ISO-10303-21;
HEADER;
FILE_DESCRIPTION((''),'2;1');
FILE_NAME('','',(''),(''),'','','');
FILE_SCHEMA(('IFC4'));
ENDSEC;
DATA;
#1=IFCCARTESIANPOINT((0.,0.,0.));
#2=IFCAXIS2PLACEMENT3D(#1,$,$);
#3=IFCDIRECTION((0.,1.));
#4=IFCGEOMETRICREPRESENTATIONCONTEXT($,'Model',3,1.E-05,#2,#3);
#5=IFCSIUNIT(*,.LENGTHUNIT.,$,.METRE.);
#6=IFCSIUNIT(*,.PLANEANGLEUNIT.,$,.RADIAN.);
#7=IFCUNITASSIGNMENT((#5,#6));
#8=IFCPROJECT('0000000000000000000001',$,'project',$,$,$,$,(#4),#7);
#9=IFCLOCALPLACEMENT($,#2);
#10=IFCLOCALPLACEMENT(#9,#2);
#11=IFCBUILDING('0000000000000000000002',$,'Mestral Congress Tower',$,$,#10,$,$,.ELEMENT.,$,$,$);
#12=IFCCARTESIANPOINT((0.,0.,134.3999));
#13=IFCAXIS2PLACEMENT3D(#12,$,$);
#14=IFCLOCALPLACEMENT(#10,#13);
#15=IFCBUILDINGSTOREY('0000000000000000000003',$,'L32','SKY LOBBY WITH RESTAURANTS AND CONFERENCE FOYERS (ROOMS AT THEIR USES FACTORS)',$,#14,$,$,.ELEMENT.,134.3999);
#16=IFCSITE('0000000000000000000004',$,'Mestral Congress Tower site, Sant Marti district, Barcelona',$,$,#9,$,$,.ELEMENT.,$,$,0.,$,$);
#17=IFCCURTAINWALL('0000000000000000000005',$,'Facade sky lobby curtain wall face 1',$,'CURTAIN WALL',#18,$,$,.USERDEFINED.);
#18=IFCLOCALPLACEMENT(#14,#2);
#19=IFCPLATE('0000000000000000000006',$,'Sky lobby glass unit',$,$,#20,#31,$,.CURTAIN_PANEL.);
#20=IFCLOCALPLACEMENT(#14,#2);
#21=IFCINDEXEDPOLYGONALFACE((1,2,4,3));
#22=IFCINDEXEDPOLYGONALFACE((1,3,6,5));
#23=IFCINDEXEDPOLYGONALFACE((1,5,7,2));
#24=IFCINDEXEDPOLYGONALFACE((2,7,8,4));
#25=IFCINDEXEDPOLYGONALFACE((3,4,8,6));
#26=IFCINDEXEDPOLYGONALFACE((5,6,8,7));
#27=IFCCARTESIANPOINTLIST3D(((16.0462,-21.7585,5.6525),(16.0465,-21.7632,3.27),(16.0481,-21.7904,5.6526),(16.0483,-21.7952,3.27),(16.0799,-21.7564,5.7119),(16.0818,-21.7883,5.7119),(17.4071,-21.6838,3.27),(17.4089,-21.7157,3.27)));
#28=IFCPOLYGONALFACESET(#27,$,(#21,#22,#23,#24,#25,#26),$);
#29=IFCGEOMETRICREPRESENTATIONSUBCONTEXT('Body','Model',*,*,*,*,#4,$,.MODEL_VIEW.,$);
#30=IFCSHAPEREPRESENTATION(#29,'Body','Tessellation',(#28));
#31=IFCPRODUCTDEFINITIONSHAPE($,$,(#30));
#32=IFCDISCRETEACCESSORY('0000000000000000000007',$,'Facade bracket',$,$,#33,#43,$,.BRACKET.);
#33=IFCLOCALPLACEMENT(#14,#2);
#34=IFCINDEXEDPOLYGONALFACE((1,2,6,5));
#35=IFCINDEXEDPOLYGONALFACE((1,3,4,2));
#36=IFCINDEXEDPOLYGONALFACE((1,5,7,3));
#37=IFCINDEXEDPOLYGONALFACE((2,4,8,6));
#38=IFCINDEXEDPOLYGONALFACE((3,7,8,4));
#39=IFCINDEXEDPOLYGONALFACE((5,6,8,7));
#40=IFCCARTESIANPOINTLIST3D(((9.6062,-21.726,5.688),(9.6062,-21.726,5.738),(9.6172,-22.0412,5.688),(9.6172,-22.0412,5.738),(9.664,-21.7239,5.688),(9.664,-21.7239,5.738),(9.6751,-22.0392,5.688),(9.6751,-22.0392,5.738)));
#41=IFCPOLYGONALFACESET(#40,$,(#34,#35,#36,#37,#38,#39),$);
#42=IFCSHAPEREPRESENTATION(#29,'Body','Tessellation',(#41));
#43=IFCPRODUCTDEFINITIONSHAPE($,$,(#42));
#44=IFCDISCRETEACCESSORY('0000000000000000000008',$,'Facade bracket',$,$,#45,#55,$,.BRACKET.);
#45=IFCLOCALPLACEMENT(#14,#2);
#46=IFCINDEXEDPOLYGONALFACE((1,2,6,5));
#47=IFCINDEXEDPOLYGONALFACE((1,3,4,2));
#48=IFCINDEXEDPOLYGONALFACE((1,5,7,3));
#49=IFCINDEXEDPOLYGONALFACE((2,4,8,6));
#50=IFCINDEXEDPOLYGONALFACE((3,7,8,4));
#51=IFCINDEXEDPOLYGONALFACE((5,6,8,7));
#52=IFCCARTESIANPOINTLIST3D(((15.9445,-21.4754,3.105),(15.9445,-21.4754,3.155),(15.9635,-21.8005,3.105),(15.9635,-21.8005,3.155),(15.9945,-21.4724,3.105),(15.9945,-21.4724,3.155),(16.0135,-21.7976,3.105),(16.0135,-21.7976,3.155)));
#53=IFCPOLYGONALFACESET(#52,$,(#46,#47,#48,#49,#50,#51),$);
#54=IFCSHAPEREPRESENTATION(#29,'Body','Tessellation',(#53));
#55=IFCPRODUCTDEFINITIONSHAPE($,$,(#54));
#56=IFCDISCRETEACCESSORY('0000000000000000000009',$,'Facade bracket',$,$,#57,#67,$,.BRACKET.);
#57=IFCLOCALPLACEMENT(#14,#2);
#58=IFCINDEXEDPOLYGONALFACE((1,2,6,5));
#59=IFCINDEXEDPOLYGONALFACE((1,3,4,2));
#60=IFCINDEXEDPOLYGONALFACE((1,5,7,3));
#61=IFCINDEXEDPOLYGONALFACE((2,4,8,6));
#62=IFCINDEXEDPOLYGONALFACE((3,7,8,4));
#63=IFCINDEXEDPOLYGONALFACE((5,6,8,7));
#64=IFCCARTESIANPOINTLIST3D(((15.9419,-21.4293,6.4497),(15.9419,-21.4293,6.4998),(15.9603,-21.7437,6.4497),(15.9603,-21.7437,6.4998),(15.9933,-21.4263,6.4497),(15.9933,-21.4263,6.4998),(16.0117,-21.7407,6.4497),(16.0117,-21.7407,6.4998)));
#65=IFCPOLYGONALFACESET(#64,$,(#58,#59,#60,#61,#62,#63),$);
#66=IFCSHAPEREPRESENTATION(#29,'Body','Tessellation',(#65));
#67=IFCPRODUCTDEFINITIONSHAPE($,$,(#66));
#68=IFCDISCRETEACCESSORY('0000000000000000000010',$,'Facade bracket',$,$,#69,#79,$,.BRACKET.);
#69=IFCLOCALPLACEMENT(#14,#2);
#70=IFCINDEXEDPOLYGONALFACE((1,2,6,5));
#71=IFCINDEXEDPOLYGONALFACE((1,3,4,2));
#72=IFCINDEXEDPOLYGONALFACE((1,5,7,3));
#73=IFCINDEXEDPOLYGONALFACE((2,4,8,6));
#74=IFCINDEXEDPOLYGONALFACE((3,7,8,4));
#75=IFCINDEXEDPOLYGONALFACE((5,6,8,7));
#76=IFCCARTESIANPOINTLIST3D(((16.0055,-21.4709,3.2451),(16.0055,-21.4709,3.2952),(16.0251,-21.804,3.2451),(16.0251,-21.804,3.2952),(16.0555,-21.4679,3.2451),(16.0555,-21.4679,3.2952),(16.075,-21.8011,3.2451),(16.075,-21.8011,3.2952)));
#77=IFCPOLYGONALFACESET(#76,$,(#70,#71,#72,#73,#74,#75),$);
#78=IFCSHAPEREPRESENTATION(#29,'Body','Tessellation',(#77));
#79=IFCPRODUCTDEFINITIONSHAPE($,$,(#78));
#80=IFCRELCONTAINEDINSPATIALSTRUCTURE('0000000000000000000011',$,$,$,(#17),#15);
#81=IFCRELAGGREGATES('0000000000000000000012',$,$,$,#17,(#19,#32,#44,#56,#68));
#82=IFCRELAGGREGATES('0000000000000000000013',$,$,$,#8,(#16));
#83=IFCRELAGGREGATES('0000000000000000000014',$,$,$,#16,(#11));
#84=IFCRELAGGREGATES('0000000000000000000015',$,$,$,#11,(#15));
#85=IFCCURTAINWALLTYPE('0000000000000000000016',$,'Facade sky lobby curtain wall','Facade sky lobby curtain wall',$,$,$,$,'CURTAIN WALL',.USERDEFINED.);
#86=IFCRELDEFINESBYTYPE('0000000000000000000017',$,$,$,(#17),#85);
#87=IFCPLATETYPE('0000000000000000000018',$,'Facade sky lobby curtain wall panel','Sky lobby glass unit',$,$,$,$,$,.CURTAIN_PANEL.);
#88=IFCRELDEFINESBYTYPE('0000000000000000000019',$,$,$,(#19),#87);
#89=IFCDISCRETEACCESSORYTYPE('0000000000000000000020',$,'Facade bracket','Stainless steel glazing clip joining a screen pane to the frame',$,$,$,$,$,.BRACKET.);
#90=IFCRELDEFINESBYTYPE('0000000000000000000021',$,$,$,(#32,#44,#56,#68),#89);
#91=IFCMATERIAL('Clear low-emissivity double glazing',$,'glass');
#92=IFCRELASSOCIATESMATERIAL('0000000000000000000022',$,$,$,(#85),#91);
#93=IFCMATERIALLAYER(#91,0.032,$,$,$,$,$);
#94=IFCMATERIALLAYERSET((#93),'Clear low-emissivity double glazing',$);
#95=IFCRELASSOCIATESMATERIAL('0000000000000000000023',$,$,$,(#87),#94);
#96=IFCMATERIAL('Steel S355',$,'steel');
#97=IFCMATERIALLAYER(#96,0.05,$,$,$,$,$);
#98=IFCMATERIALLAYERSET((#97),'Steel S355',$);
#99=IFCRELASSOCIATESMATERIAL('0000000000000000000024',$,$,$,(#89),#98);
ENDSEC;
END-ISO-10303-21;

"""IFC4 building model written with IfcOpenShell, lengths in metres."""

from ifc_helpers import new_model, si_unit, direction, frame, origin, origin_2d, place, context, subcontext, project, spatial, polyline, rectangle, outline, extrude, material, layer, layer_set, type_object, element, aggregate, save


model = new_model("IFC4")

# Units and contexts
model_context = context("Model", 3, precision=1e-05, world=origin(), true_north=direction((0.0, 1.0)))
body_context = subcontext(model_context, "Body", "Model", "MODEL_VIEW")
ifc_project = project(units=[si_unit("LENGTHUNIT", "METRE"), si_unit("PLANEANGLEUNIT", "RADIAN")], contexts=[model_context])

# Site, building, storey
site_placement = place(None, origin())
site = spatial("IfcSite", under=ifc_project, at=site_placement, Name="Mestral Congress Tower site, Sant Marti district, Barcelona", CompositionType="ELEMENT", RefElevation=0.0)
building_placement = place(site_placement, origin())
building = spatial("IfcBuilding", under=site, at=building_placement, Name="Mestral Congress Tower", CompositionType="ELEMENT")
storey_placement = place(building_placement, frame((0.0, 0.0, 134.3999)))
storey = spatial("IfcBuildingStorey", under=building, at=storey_placement, Name="L32", Description="SKY LOBBY WITH RESTAURANTS AND CONFERENCE FOYERS (ROOMS AT THEIR USES FACTORS)", CompositionType="ELEMENT", Elevation=134.3999)

# Shared definitions
ifc_material_1 = material(Name="Steel S355", Category="steel")

# Curtain wall
ifc_material_2 = material(Name="Clear low-emissivity double glazing", Category="glass")
curtain_wall_type = type_object("IfcCurtainWallType", Name="Facade sky lobby curtain wall", Description="Facade sky lobby curtain wall", ElementType="CURTAIN WALL", PredefinedType="USERDEFINED", material=ifc_material_2)
curtain_wall_placement = place(storey_placement, origin())
curtain_wall = element("IfcCurtainWall", 1, at=curtain_wall_placement, inside=storey, type_object=curtain_wall_type, Name="Facade sky lobby curtain wall face 1", ObjectType="CURTAIN WALL", PredefinedType="USERDEFINED")

# Plate
ifc_layer_1 = layer(ifc_material_2, 0.032)
ifc_layer_set_1 = layer_set([ifc_layer_1], Name="Clear low-emissivity double glazing")
plate_type_1 = type_object("IfcPlateType", Name="Facade sky lobby curtain wall panel", Description="Sky lobby glass unit", PredefinedType="CURTAIN_PANEL", material=ifc_layer_set_1)
plate_1_placement = place(storey_placement, frame((16.0818, -21.7883, 5.7119), z_axis=(0.058299, -0.998297, 0.001996), x_axis=(0.477361, 0.026121, -0.878319)))
plate_1 = element("IfcPlate", 2, at=plate_1_placement, type_object=plate_type_1, Name="Sky lobby glass unit", PredefinedType="CURTAIN_PANEL", context=body_context, shape_type="SweptSolid", body=[
    extrude(outline(polyline([(0.0, 0.0), (2.7802, 0.0), (2.1286, -1.1971), (0.036, -0.058), (0.0, 0.0)])), origin(), (0.0, 0.0, -1.0), 0.032),
])

# Discrete accessories
ifc_layer_2 = layer(ifc_material_1, 0.05)
ifc_layer_set_2 = layer_set([ifc_layer_2], Name="Steel S355")
discrete_accessory_type = type_object("IfcDiscreteAccessoryType", Name="Facade bracket", Description="Stainless steel glazing clip joining a screen pane to the frame", PredefinedType="BRACKET", material=ifc_layer_set_2)
discrete_accessory_1_placement = place(storey_placement, frame((9.6406, -21.8826, 5.688), z_axis=(0.0, 0.0, 1.0), x_axis=(0.999386, 0.035043, 0.0)))
discrete_accessory_1 = element("IfcDiscreteAccessory", 3, at=discrete_accessory_1_placement, type_object=discrete_accessory_type, Name="Facade bracket", PredefinedType="BRACKET", context=body_context, shape_type="SweptSolid", body=[
    extrude(rectangle(XDim=0.0579, YDim=0.3154, at=origin_2d()), origin(), (0.0, 0.0, 1.0), 0.05),
])
discrete_accessory_2_placement = place(storey_placement, frame((15.979, -21.6365, 3.105), z_axis=(0.0, 0.0, 1.0), x_axis=(0.998292, 0.05843, 0.0)))
discrete_accessory_2 = element("IfcDiscreteAccessory", 4, at=discrete_accessory_2_placement, type_object=discrete_accessory_type, Name="Facade bracket", PredefinedType="BRACKET", context=body_context, shape_type="SweptSolid", body=[
    extrude(rectangle(XDim=0.05, YDim=0.3257, at=origin_2d()), origin(), (0.0, 0.0, 1.0), 0.05),
])
discrete_accessory_3_placement = place(storey_placement, frame((15.9768, -21.585, 6.4497), z_axis=(0.0, 0.0, 1.0), x_axis=(0.998287, 0.058505, 0.0)))
discrete_accessory_3 = element("IfcDiscreteAccessory", 5, at=discrete_accessory_3_placement, type_object=discrete_accessory_type, Name="Facade bracket", PredefinedType="BRACKET", context=body_context, shape_type="SweptSolid", body=[
    extrude(rectangle(XDim=0.0515, YDim=0.3149, at=origin_2d()), origin(), (0.0, 0.0, 1.0), 0.05),
])
discrete_accessory_4_placement = place(storey_placement, frame((16.0403, -21.636, 3.2451), z_axis=(0.0, 0.0, 1.0), x_axis=(0.998288, 0.058486, 0.0)))
discrete_accessory_4 = element("IfcDiscreteAccessory", 6, at=discrete_accessory_4_placement, type_object=discrete_accessory_type, Name="Facade bracket", PredefinedType="BRACKET", context=body_context, shape_type="SweptSolid", body=[
    extrude(rectangle(XDim=0.05, YDim=0.3337, at=origin_2d()), origin(), (0.0, 0.0, 1.0), 0.05),
])
aggregate(curtain_wall, [plate_1, discrete_accessory_1, discrete_accessory_2, discrete_accessory_3, discrete_accessory_4])

save(model, "model.ifc")
